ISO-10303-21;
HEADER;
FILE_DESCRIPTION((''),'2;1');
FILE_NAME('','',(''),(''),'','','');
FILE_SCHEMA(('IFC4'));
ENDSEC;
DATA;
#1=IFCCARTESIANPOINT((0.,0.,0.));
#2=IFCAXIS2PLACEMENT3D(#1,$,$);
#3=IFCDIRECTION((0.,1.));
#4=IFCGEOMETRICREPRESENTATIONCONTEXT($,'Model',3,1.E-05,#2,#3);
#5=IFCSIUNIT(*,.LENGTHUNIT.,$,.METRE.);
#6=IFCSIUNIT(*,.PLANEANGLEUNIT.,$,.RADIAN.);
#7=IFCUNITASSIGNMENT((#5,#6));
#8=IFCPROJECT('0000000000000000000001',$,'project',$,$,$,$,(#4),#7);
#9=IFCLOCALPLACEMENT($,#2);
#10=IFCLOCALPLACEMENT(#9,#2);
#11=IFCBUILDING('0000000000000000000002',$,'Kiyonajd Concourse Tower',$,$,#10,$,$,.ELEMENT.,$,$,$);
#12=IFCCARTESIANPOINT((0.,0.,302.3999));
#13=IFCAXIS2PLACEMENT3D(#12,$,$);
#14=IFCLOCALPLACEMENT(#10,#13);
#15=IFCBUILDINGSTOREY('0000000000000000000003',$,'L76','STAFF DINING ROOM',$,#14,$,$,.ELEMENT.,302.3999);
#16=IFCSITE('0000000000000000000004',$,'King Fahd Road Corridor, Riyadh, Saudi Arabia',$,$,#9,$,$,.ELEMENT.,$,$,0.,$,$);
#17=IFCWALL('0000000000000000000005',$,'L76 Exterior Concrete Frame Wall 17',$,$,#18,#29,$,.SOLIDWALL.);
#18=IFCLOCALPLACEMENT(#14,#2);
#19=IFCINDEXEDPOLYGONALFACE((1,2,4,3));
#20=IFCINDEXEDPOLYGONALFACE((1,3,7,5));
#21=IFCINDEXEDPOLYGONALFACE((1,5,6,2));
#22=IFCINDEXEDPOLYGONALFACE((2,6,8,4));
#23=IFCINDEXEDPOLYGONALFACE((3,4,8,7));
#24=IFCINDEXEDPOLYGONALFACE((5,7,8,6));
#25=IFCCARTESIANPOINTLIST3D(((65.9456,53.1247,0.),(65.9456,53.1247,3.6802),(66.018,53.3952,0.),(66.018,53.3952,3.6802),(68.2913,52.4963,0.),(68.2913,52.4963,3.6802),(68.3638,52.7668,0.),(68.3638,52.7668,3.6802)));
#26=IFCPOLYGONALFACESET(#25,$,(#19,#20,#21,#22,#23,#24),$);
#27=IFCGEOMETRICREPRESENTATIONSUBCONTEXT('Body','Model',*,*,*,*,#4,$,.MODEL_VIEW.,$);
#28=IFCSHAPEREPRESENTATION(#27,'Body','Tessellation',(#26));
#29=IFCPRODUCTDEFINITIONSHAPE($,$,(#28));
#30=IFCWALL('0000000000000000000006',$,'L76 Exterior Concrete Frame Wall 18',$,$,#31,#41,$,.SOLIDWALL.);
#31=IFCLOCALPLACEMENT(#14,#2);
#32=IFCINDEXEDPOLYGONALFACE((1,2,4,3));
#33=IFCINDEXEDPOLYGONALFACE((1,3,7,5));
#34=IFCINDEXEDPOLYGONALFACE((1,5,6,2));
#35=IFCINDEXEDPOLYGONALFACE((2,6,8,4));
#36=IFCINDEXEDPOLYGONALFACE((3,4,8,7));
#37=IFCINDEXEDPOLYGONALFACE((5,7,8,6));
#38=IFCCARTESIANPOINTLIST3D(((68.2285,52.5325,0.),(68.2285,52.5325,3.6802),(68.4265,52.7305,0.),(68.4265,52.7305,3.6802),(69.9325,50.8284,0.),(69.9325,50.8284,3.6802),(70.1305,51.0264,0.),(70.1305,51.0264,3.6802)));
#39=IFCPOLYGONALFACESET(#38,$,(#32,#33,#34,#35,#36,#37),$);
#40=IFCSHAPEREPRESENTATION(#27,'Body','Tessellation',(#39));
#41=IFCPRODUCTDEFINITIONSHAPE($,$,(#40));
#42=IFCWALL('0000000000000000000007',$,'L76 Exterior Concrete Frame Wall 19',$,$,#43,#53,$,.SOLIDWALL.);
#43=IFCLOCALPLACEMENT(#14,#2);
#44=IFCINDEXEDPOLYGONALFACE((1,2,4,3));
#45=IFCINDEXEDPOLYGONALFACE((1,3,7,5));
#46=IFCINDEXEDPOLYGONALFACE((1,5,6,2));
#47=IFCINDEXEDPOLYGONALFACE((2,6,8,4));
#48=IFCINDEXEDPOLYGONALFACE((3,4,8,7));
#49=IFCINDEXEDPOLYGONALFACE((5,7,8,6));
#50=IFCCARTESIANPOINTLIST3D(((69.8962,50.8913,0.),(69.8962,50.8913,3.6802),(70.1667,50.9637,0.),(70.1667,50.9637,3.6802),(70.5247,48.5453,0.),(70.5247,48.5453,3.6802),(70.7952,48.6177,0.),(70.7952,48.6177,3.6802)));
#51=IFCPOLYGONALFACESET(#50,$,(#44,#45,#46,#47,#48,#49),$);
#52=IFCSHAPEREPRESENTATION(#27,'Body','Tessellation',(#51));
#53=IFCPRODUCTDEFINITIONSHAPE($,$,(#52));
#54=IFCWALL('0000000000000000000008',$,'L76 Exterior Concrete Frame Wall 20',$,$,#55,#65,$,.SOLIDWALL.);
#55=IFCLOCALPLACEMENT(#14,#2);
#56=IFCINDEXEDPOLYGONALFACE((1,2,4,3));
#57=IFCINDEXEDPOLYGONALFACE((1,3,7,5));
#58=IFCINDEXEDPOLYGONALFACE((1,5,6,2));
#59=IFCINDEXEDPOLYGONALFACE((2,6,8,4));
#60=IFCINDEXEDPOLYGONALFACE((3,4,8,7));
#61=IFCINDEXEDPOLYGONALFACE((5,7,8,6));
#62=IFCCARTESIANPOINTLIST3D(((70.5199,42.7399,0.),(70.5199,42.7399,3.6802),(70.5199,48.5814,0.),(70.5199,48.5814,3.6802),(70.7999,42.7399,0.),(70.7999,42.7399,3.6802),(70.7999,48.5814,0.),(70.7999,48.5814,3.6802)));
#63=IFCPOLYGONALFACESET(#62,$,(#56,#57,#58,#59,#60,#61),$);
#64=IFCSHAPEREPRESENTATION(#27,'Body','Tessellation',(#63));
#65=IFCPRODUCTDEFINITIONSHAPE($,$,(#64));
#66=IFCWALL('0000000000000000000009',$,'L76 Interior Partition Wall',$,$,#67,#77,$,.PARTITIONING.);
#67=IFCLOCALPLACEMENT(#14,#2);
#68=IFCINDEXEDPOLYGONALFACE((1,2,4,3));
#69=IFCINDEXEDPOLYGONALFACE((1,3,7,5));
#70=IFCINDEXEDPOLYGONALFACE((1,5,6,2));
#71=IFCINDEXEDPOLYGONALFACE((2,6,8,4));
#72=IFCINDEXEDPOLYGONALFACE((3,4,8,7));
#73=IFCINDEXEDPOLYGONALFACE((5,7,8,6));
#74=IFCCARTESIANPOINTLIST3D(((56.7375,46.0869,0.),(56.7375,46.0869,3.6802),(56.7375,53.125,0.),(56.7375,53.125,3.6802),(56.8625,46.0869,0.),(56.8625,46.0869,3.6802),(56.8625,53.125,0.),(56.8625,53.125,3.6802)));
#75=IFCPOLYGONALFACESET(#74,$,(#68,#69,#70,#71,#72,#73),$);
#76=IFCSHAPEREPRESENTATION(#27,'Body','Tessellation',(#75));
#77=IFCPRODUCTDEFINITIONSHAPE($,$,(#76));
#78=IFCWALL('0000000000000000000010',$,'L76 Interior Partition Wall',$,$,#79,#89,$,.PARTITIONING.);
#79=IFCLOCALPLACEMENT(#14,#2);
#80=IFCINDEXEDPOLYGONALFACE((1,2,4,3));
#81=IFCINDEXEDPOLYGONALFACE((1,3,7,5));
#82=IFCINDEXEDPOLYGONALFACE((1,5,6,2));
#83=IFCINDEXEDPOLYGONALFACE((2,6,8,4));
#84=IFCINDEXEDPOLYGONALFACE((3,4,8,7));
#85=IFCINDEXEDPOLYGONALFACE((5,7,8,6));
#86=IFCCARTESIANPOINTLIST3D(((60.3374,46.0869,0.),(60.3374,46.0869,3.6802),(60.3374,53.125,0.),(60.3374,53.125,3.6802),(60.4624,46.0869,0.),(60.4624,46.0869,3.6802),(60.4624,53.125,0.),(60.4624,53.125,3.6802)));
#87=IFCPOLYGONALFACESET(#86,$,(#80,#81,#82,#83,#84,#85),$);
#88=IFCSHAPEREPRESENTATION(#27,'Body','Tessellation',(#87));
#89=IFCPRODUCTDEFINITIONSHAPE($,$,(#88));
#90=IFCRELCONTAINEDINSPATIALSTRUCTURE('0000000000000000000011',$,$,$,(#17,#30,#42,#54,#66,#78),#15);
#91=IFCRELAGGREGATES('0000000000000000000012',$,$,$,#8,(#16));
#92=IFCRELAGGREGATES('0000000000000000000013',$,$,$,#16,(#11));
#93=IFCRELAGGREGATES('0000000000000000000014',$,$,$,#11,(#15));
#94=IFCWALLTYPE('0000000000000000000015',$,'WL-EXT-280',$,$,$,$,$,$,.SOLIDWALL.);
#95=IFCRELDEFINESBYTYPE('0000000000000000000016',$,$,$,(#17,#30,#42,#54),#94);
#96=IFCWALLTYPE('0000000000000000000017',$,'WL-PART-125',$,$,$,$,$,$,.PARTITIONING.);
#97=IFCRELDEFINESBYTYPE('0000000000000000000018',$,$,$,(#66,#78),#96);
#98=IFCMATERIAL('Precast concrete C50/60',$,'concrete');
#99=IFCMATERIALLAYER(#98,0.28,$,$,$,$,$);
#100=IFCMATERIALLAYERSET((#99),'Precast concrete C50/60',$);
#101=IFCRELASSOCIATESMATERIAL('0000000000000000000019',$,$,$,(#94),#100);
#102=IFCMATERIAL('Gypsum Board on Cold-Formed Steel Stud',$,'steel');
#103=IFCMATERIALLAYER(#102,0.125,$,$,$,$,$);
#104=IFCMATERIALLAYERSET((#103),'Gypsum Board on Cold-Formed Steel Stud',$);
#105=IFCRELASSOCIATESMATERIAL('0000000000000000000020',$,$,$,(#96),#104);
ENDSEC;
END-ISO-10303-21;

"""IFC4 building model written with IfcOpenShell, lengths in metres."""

from ifc_helpers import new_model, si_unit, direction, frame, frame_2d, origin, place, context, subcontext, project, spatial, rectangle, extrude, material, layer, layer_set, type_object, element, save


model = new_model("IFC4")

# Units and contexts
model_context = context("Model", 3, precision=1e-05, world=origin(), true_north=direction((0.0, 1.0)))
body_context = subcontext(model_context, "Body", "Model", "MODEL_VIEW")
ifc_project = project(units=[si_unit("LENGTHUNIT", "METRE"), si_unit("PLANEANGLEUNIT", "RADIAN")], contexts=[model_context])

# Site, building, storey
site_placement = place(None, origin())
site = spatial("IfcSite", under=ifc_project, at=site_placement, Name="King Fahd Road Corridor, Riyadh, Saudi Arabia", CompositionType="ELEMENT", RefElevation=0.0)
building_placement = place(site_placement, origin())
building = spatial("IfcBuilding", under=site, at=building_placement, Name="Kiyonajd Concourse Tower", CompositionType="ELEMENT")
storey_placement = place(building_placement, frame((0.0, 0.0, 302.3999)))
storey = spatial("IfcBuildingStorey", under=building, at=storey_placement, Name="L76", Description="STAFF DINING ROOM", CompositionType="ELEMENT", Elevation=302.3999)

# Walls
ifc_material_1 = material(Name="Precast concrete C50/60", Category="concrete")
ifc_layer_1 = layer(ifc_material_1, 0.28)
ifc_layer_set_1 = layer_set([ifc_layer_1], Name="Precast concrete C50/60")
wall_type_1 = type_object("IfcWallType", Name="WL-EXT-280", PredefinedType="SOLIDWALL", material=ifc_layer_set_1)
wall_1_placement = place(storey_placement, frame((65.9817, 53.26, 0.0), z_axis=(0.0, 0.0, 1.0), x_axis=(0.965937, -0.258776, 0.0)))
element("IfcWall", 1, at=wall_1_placement, inside=storey, type_object=wall_type_1, Name="L76 Exterior Concrete Frame Wall 17", PredefinedType="SOLIDWALL", context=body_context, shape_type="SweptSolid", body=[
    extrude(rectangle(XDim=2.4285, YDim=0.28, at=frame_2d((1.2144, 0.0))), origin(), (0.0, 0.0, 1.0), 3.6802),
])
wall_2_placement = place(storey_placement, frame((68.3274, 52.6316, 0.0), z_axis=(0.0, 0.0, 1.0), x_axis=(0.707107, -0.707107, 0.0)))
element("IfcWall", 2, at=wall_2_placement, inside=storey, type_object=wall_type_1, Name="L76 Exterior Concrete Frame Wall 18", PredefinedType="SOLIDWALL", context=body_context, shape_type="SweptSolid", body=[
    extrude(rectangle(XDim=2.4099, YDim=0.28, at=frame_2d((1.2051, 0.0))), origin(), (0.0, 0.0, 1.0), 3.6802),
])
wall_3_placement = place(storey_placement, frame((70.0315, 50.9275, 0.0), z_axis=(0.0, 0.0, 1.0), x_axis=(0.258751, -0.965944, 0.0)))
element("IfcWall", 3, at=wall_3_placement, inside=storey, type_object=wall_type_1, Name="L76 Exterior Concrete Frame Wall 19", PredefinedType="SOLIDWALL", context=body_context, shape_type="SweptSolid", body=[
    extrude(rectangle(XDim=2.4287, YDim=0.28, at=frame_2d((1.2144, 0.0))), origin(), (0.0, 0.0, 1.0), 3.6802),
])
wall_4_placement = place(storey_placement, frame((70.6599, 48.5815, 0.0), z_axis=(0.0, 0.0, 1.0), x_axis=(0.0, -1.0, 0.0)))
element("IfcWall", 4, at=wall_4_placement, inside=storey, type_object=wall_type_1, Name="L76 Exterior Concrete Frame Wall 20", PredefinedType="SOLIDWALL", context=body_context, shape_type="SweptSolid", body=[
    extrude(rectangle(XDim=5.8416, YDim=0.28, at=frame_2d((2.9209, 0.0))), origin(), (0.0, 0.0, 1.0), 3.6802),
])
ifc_material_2 = material(Name="Gypsum Board on Cold-Formed Steel Stud", Category="steel")
ifc_layer_2 = layer(ifc_material_2, 0.125)
ifc_layer_set_2 = layer_set([ifc_layer_2], Name="Gypsum Board on Cold-Formed Steel Stud")
wall_type_2 = type_object("IfcWallType", Name="WL-PART-125", PredefinedType="PARTITIONING", material=ifc_layer_set_2)
for number, where, z_axis, x_axis, name in (
    (5, (56.8, 46.0869, 0.0), (0.0, 0.0, 1.0), (0.0, 1.0, 0.0), "L76 Interior Partition Wall"),
    (6, (60.3999, 46.0869, 0.0), (0.0, 0.0, 1.0), (0.0, 1.0, 0.0), "L76 Interior Partition Wall"),
):
    element("IfcWall", number, at=place(storey_placement, frame(where, z_axis=z_axis, x_axis=x_axis)), inside=storey, type_object=wall_type_2, Name=name, PredefinedType="PARTITIONING", context=body_context, shape_type="SweptSolid", body=[
        extrude(rectangle(XDim=7.0381, YDim=0.125, at=frame_2d((3.519, 0.0))), origin(), (0.0, 0.0, 1.0), 3.6802),
    ])

save(model, "model.ifc")
